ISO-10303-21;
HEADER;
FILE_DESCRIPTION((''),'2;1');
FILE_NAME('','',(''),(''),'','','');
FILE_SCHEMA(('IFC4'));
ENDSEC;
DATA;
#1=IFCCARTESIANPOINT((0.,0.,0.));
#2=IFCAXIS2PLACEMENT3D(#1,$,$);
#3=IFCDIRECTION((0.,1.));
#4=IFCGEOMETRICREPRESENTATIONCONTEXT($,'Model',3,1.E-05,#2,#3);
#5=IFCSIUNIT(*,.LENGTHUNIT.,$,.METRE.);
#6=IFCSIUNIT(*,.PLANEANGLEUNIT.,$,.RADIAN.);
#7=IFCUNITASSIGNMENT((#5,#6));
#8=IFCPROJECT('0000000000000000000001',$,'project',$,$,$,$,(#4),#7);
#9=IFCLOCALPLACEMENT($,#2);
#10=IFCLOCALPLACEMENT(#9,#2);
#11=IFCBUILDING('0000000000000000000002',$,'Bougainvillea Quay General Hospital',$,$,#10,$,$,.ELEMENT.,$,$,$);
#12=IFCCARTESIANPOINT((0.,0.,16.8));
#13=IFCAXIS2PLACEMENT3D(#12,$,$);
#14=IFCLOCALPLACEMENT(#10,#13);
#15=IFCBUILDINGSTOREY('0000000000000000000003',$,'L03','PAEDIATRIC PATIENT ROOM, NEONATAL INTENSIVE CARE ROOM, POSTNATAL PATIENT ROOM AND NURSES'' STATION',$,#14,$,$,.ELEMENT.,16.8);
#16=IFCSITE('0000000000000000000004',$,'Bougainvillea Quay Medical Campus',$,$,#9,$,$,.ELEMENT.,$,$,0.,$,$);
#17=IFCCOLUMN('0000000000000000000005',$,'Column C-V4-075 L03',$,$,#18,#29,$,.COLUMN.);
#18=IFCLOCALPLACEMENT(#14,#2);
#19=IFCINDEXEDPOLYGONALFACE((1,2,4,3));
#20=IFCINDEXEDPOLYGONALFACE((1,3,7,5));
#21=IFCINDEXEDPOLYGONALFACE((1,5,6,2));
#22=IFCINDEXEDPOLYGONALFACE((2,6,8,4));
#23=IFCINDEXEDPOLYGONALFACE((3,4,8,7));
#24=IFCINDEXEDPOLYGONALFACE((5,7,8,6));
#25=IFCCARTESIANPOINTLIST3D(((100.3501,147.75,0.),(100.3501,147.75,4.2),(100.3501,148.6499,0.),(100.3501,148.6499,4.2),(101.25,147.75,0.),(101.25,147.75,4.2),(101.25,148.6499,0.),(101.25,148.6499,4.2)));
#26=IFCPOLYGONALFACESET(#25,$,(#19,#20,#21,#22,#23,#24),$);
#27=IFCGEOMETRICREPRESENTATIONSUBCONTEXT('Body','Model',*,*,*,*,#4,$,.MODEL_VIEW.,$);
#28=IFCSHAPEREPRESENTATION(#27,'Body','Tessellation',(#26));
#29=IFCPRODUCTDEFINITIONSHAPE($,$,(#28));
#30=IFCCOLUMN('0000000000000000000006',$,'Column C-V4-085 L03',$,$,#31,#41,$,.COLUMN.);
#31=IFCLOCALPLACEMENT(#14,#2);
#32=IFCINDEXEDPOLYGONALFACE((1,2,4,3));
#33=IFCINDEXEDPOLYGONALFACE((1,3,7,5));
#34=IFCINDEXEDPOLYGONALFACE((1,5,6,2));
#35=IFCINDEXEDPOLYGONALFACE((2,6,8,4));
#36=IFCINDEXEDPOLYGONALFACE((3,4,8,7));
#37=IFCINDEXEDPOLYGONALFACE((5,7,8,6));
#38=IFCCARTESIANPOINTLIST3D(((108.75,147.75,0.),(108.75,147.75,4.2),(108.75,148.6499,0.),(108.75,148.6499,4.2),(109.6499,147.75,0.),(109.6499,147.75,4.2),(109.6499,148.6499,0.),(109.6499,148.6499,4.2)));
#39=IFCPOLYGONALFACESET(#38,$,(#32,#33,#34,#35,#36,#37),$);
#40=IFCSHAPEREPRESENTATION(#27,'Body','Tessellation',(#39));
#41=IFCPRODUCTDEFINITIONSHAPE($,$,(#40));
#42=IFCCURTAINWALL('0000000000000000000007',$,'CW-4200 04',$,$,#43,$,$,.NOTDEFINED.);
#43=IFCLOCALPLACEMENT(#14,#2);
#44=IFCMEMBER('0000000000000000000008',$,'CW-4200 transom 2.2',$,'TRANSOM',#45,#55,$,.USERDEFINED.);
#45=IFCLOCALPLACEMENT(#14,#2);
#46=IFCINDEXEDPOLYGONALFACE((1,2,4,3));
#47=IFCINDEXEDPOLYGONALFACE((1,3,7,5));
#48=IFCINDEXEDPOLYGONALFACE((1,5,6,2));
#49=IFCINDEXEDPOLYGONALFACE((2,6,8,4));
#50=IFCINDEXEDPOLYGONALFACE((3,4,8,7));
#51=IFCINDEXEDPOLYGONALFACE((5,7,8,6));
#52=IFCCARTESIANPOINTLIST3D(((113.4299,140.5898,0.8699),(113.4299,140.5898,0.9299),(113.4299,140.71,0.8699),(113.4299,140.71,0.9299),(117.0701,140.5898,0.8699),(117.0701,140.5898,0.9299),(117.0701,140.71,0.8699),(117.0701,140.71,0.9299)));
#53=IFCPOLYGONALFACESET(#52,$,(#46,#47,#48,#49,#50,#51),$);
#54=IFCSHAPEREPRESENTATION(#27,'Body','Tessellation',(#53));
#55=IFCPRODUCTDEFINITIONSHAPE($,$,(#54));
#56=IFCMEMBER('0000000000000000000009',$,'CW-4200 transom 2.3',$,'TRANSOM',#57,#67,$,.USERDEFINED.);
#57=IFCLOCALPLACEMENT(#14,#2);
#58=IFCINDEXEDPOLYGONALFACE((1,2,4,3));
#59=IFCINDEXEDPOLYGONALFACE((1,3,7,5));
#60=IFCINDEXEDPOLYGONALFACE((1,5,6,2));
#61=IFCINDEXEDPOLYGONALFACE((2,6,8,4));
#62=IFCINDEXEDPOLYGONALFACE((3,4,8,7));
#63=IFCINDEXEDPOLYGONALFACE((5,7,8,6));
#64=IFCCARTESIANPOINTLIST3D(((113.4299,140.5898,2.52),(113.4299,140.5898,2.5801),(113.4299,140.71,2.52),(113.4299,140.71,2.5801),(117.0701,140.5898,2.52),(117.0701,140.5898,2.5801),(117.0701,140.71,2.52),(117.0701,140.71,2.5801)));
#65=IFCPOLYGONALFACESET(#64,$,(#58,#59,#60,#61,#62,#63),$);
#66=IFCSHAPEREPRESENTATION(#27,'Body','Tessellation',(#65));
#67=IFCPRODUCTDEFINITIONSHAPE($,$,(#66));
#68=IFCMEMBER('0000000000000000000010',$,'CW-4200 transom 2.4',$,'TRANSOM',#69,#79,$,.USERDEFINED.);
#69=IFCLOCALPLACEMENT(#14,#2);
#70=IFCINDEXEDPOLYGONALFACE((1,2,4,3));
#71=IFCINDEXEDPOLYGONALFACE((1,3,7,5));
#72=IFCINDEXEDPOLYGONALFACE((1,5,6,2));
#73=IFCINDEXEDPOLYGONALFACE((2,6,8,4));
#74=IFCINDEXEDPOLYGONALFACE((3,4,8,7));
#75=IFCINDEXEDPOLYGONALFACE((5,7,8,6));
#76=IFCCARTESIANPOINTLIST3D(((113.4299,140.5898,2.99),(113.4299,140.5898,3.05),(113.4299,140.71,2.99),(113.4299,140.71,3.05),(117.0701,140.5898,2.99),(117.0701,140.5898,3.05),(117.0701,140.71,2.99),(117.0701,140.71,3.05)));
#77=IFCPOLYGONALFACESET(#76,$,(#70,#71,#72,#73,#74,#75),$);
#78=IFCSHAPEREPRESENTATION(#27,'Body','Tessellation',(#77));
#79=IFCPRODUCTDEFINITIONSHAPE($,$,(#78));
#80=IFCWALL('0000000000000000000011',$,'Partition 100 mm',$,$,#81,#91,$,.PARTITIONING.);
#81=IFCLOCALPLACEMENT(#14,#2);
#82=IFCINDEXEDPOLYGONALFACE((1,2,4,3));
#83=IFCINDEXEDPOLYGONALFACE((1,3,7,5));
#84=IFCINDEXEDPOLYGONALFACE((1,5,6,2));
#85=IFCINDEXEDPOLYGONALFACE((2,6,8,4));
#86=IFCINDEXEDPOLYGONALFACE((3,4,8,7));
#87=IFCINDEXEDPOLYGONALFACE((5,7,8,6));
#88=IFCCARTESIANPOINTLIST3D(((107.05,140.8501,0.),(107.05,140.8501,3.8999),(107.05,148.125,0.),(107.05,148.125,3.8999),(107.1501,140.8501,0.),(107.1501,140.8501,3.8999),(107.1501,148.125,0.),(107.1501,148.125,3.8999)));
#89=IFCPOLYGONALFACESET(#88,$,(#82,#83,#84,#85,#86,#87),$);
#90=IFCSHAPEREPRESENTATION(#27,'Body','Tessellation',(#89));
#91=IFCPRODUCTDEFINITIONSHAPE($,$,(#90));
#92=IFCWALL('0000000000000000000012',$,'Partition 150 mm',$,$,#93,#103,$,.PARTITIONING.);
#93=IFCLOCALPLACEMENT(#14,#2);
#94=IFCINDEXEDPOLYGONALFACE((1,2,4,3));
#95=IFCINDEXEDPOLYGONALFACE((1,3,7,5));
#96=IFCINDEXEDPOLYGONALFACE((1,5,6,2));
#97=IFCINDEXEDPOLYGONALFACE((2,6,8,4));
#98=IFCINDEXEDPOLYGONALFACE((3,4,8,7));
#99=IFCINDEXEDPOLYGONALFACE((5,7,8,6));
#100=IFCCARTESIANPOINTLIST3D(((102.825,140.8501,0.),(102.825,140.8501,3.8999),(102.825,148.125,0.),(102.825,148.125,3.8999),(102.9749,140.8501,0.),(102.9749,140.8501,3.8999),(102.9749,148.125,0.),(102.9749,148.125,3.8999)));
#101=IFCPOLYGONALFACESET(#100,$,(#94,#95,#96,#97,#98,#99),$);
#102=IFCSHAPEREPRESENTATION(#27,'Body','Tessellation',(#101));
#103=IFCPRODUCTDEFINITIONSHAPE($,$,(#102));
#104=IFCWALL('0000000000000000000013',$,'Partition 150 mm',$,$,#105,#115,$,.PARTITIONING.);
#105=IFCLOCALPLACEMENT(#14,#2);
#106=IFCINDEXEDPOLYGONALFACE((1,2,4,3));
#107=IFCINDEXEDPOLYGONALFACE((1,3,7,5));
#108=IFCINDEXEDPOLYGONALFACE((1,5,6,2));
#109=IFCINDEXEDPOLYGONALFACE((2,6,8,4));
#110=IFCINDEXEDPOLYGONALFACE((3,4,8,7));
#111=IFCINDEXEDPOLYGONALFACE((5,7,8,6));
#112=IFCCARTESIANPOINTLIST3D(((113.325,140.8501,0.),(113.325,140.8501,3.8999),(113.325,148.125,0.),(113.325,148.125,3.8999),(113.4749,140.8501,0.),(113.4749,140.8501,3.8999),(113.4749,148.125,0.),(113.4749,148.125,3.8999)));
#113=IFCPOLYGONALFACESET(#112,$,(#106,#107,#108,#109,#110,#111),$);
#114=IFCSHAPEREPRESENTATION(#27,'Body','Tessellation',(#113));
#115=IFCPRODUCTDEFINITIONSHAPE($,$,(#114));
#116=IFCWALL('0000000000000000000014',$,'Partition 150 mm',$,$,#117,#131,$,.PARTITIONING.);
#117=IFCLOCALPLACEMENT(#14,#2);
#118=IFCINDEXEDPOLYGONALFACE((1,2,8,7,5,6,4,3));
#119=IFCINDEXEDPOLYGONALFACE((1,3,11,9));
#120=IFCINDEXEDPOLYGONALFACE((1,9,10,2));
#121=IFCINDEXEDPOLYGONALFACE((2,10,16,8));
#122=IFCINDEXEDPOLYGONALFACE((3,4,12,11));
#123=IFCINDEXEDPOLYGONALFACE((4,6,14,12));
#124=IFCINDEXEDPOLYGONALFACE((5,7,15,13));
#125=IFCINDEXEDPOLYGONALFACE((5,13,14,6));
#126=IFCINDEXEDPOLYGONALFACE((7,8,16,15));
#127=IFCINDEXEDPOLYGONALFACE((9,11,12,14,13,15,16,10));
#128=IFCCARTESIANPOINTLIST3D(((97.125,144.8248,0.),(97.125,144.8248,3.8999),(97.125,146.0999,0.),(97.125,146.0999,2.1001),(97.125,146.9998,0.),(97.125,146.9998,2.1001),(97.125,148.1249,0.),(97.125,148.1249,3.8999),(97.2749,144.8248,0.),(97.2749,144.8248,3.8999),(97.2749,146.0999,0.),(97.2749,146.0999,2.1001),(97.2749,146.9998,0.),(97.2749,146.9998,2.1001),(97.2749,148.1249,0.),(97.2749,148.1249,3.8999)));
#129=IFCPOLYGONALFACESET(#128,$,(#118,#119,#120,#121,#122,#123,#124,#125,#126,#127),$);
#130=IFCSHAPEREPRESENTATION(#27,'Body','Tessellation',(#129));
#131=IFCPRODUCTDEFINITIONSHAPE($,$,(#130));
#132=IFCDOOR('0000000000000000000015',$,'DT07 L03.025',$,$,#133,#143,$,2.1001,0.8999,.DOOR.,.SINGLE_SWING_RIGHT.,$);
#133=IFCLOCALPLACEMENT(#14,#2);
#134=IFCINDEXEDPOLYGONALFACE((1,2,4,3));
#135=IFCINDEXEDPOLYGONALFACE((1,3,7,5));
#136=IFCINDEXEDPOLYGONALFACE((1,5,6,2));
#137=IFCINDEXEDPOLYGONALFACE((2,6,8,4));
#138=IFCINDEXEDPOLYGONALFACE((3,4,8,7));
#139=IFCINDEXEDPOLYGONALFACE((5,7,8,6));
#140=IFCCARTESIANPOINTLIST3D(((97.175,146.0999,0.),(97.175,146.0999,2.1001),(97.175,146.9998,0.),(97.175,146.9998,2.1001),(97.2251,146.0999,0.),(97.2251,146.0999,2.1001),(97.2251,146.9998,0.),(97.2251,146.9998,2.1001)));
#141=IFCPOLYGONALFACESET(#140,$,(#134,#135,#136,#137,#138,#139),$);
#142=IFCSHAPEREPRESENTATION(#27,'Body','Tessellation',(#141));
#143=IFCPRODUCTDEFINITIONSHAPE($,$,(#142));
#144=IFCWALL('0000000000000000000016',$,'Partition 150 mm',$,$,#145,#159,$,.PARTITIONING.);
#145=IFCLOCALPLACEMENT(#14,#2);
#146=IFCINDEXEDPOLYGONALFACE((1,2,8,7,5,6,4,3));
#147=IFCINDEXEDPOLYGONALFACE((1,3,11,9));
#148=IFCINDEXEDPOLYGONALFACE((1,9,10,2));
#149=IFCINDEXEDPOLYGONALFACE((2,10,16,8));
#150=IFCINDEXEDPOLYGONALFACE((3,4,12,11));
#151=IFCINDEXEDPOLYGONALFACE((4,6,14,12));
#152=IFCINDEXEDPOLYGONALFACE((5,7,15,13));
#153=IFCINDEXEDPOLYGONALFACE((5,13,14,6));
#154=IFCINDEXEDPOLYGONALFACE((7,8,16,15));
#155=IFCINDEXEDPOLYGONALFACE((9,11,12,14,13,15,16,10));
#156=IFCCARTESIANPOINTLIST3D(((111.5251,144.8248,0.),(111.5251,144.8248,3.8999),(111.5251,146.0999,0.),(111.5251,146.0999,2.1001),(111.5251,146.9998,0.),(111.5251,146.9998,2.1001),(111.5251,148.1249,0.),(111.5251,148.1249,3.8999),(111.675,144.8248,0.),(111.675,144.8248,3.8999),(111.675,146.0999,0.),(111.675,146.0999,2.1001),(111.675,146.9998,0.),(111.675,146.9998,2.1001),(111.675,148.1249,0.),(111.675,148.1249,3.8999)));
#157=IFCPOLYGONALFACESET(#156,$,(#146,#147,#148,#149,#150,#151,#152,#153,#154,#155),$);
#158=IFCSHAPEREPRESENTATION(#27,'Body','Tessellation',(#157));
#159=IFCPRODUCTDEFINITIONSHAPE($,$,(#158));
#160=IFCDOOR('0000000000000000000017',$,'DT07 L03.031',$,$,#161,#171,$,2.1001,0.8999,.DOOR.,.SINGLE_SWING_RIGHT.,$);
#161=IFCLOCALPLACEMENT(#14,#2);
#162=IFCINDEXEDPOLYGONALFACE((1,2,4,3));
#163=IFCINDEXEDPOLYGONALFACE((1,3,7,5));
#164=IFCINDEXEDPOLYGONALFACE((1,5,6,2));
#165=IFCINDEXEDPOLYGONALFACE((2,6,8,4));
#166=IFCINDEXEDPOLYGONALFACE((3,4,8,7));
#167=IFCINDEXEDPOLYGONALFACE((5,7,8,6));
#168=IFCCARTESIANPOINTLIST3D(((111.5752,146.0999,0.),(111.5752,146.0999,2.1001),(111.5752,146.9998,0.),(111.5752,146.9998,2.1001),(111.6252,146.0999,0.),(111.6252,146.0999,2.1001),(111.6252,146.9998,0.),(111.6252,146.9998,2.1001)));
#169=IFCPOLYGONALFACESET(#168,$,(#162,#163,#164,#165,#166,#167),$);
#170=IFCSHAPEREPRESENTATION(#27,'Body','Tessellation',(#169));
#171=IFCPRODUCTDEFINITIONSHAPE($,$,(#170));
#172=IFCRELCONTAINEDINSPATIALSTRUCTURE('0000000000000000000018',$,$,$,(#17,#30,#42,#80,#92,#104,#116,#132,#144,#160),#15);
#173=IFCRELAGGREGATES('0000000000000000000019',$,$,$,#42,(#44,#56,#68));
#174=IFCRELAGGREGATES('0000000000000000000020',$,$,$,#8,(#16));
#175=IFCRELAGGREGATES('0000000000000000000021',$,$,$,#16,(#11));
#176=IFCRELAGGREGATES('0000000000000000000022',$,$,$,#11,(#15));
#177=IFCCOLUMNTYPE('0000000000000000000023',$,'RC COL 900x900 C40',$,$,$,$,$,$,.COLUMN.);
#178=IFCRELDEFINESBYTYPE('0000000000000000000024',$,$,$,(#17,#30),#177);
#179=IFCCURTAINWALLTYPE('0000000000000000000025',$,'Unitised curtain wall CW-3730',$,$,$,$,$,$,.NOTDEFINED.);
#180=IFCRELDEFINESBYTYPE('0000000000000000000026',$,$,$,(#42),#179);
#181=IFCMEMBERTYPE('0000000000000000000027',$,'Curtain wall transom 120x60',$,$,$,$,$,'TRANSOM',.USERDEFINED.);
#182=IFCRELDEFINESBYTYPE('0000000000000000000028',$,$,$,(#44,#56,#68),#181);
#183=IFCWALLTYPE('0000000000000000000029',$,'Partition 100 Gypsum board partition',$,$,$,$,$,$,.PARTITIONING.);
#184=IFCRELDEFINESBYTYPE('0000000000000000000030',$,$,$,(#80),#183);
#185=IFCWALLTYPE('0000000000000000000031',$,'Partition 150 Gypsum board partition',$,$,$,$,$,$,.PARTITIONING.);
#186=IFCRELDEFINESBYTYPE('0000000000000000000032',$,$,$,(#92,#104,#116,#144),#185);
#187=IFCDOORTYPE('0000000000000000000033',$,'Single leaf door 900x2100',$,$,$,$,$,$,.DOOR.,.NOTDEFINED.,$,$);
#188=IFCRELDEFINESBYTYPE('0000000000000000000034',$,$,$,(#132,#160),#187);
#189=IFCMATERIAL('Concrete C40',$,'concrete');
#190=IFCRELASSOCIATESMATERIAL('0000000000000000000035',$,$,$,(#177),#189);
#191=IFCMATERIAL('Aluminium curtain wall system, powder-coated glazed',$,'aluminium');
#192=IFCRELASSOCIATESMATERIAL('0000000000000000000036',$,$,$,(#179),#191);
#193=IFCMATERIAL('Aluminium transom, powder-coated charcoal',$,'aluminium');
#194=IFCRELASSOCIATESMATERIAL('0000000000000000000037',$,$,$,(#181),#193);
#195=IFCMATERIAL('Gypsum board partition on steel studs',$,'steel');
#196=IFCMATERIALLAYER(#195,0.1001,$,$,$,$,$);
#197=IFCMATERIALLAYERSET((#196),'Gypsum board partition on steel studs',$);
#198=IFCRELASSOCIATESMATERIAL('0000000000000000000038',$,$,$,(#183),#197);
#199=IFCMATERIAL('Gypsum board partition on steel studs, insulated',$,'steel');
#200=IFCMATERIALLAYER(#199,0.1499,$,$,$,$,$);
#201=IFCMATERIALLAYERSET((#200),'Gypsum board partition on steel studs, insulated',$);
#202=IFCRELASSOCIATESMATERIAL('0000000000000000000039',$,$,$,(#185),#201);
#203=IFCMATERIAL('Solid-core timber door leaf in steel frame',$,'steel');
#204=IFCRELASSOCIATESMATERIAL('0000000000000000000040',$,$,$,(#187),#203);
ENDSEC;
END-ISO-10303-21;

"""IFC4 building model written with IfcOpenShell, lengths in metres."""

from ifc_helpers import new_model, si_unit, direction, frame, frame_2d, origin, origin_2d, place, context, subcontext, project, spatial, rectangle, extrude, material, layer, layer_set, material_profile, profile_set, type_object, element, fill, aggregate, save


model = new_model("IFC4")

# Units and contexts
model_context = context("Model", 3, precision=1e-05, world=origin(), true_north=direction((0.0, 1.0)))
body_context = subcontext(model_context, "Body", "Model", "MODEL_VIEW")
ifc_project = project(units=[si_unit("LENGTHUNIT", "METRE"), si_unit("PLANEANGLEUNIT", "RADIAN")], contexts=[model_context])

# Site, building, storey
site_placement = place(None, origin())
site = spatial("IfcSite", under=ifc_project, at=site_placement, Name="Bougainvillea Quay Medical Campus", CompositionType="ELEMENT", RefElevation=0.0)
building_placement = place(site_placement, origin())
building = spatial("IfcBuilding", under=site, at=building_placement, Name="Bougainvillea Quay General Hospital", CompositionType="ELEMENT")
storey_placement = place(building_placement, frame((0.0, 0.0, 16.8)))
storey = spatial("IfcBuildingStorey", under=building, at=storey_placement, Name="L03", Description="PAEDIATRIC PATIENT ROOM, NEONATAL INTENSIVE CARE ROOM, POSTNATAL PATIENT ROOM AND NURSES' STATION", CompositionType="ELEMENT", Elevation=16.8)

# Columns
ifc_material_1 = material(Name="Concrete C40", Category="concrete")
ifc_material_profile_1 = material_profile(ifc_material_1, rectangle(XDim=0.8999, YDim=0.8999, at=origin_2d()))
ifc_profile_set_1 = profile_set([ifc_material_profile_1], Name="Concrete C40")
column_type = type_object("IfcColumnType", Name="RC COL 900x900 C40", PredefinedType="COLUMN", material=ifc_profile_set_1)
for number, where, z_axis, x_axis, name in (
    (1, (100.8, 148.2, 0.0), (0.0, 0.0, 1.0), (1.0, 0.0, 0.0), "Column C-V4-075 L03"),
    (2, (109.2, 148.2, 0.0), (0.0, 0.0, 1.0), (1.0, 0.0, 0.0), "Column C-V4-085 L03"),
):
    element("IfcColumn", number, at=place(storey_placement, frame(where, z_axis=z_axis, x_axis=x_axis)), inside=storey, type_object=column_type, Name=name, PredefinedType="COLUMN", context=body_context, shape_type="SweptSolid", body=[
        extrude(rectangle(XDim=0.8999, YDim=0.8999, at=origin_2d()), origin(), (0.0, 0.0, 1.0), 4.2),
    ])

# Curtain wall, members
ifc_material_2 = material(Name="Aluminium curtain wall system, powder-coated glazed", Category="aluminium")
curtain_wall_type = type_object("IfcCurtainWallType", Name="Unitised curtain wall CW-3730", PredefinedType="NOTDEFINED", material=ifc_material_2)
curtain_wall_placement = place(storey_placement, origin())
curtain_wall = element("IfcCurtainWall", 3, at=curtain_wall_placement, inside=storey, type_object=curtain_wall_type, Name="CW-4200 04", PredefinedType="NOTDEFINED")
ifc_material_3 = material(Name="Aluminium transom, powder-coated charcoal", Category="aluminium")
ifc_material_profile_2 = material_profile(ifc_material_3, rectangle(XDim=0.1201, YDim=0.0601, at=origin_2d()))
ifc_profile_set_2 = profile_set([ifc_material_profile_2], Name="Aluminium transom, powder-coated charcoal")
member_type = type_object("IfcMemberType", Name="Curtain wall transom 120x60", ElementType="TRANSOM", PredefinedType="USERDEFINED", material=ifc_profile_set_2)
member_1_placement = place(storey_placement, frame((113.4299, 140.6499, 0.8999), z_axis=(1.0, 0.0, 0.0), x_axis=(0.0, 1.0, 0.0)))
member_1 = element("IfcMember", 4, at=member_1_placement, type_object=member_type, Name="CW-4200 transom 2.2", ObjectType="TRANSOM", PredefinedType="USERDEFINED", context=body_context, shape_type="SweptSolid", body=[
    extrude(rectangle(XDim=0.1201, YDim=0.0601, at=origin_2d()), origin(), (0.0, 0.0, 1.0), 3.6401),
])
member_2_placement = place(storey_placement, frame((113.4299, 140.6499, 2.55), z_axis=(1.0, 0.0, 0.0), x_axis=(0.0, 1.0, 0.0)))
member_2 = element("IfcMember", 5, at=member_2_placement, type_object=member_type, Name="CW-4200 transom 2.3", ObjectType="TRANSOM", PredefinedType="USERDEFINED", context=body_context, shape_type="SweptSolid", body=[
    extrude(rectangle(XDim=0.1201, YDim=0.0601, at=origin_2d()), origin(), (0.0, 0.0, 1.0), 3.6401),
])
member_3_placement = place(storey_placement, frame((113.4299, 140.6499, 3.02), z_axis=(1.0, 0.0, 0.0), x_axis=(0.0, 1.0, 0.0)))
member_3 = element("IfcMember", 6, at=member_3_placement, type_object=member_type, Name="CW-4200 transom 2.4", ObjectType="TRANSOM", PredefinedType="USERDEFINED", context=body_context, shape_type="SweptSolid", body=[
    extrude(rectangle(XDim=0.1201, YDim=0.0601, at=origin_2d()), origin(), (0.0, 0.0, 1.0), 3.6401),
])
aggregate(curtain_wall, [member_1, member_2, member_3])

# Walls
ifc_material_4 = material(Name="Gypsum board partition on steel studs", Category="steel")
ifc_layer_1 = layer(ifc_material_4, 0.1001)
ifc_layer_set_1 = layer_set([ifc_layer_1], Name="Gypsum board partition on steel studs")
wall_type_1 = type_object("IfcWallType", Name="Partition 100 Gypsum board partition", PredefinedType="PARTITIONING", material=ifc_layer_set_1)
wall_1_placement = place(storey_placement, frame((107.1001, 140.8501, 0.0), z_axis=(0.0, 0.0, 1.0), x_axis=(0.0, 1.0, 0.0)))
element("IfcWall", 7, at=wall_1_placement, inside=storey, type_object=wall_type_1, Name="Partition 100 mm", PredefinedType="PARTITIONING", context=body_context, shape_type="SweptSolid", body=[
    extrude(rectangle(XDim=7.2749, YDim=0.1001, at=frame_2d((3.6375, 0.0))), origin(), (0.0, 0.0, 1.0), 3.8999),
])
ifc_material_5 = material(Name="Gypsum board partition on steel studs, insulated", Category="steel")
ifc_layer_2 = layer(ifc_material_5, 0.1499)
ifc_layer_set_2 = layer_set([ifc_layer_2], Name="Gypsum board partition on steel studs, insulated")
wall_type_2 = type_object("IfcWallType", Name="Partition 150 Gypsum board partition", PredefinedType="PARTITIONING", material=ifc_layer_set_2)
for number, where, z_axis, x_axis, name in (
    (8, (102.8999, 140.8501, 0.0), (0.0, 0.0, 1.0), (0.0, 1.0, 0.0), "Partition 150 mm"),
    (9, (113.3999, 140.8501, 0.0), (0.0, 0.0, 1.0), (0.0, 1.0, 0.0), "Partition 150 mm"),
):
    element("IfcWall", number, at=place(storey_placement, frame(where, z_axis=z_axis, x_axis=x_axis)), inside=storey, type_object=wall_type_2, Name=name, PredefinedType="PARTITIONING", context=body_context, shape_type="SweptSolid", body=[
        extrude(rectangle(XDim=7.2749, YDim=0.1499, at=frame_2d((3.6375, 0.0))), origin(), (0.0, 0.0, 1.0), 3.8999),
    ])

# Walls, openings, doors
wall_2_placement = place(storey_placement, frame((97.2, 144.825, 0.0), z_axis=(0.0, 0.0, 1.0), x_axis=(0.0, 1.0, 0.0)))
wall_2 = element("IfcWall", 10, at=wall_2_placement, inside=storey, type_object=wall_type_2, Name="Partition 150 mm", PredefinedType="PARTITIONING", context=body_context, shape_type="SweptSolid", body=[
    extrude(rectangle(XDim=3.3, YDim=0.1499, at=frame_2d((1.6499, 0.0))), origin(), (0.0, 0.0, 1.0), 3.8999),
])
opening_1_placement = place(wall_2_placement, frame((1.2749, 0.0, 0.0)))
opening_1 = element("IfcOpeningElement", 11, at=opening_1_placement, cuts=wall_2, PredefinedType="OPENING", context=body_context, shape_type="SweptSolid", body=[
    extrude(rectangle(XDim=0.8999, YDim=2.1001, at=frame_2d((0.45, 1.05))), frame((0.0, 0.085, 0.0), z_axis=(0.0, -1.0, 0.0), x_axis=(1.0, 0.0, 0.0)), (0.0, 0.0, 1.0), 0.1699),
])
ifc_material_6 = material(Name="Solid-core timber door leaf in steel frame", Category="steel")
door_type_1 = type_object("IfcDoorType", Name="Single leaf door 900x2100", OperationType="NOTDEFINED", PredefinedType="DOOR", material=ifc_material_6)
door_1_placement = place(opening_1_placement, origin())
door_1 = element("IfcDoor", 12, at=door_1_placement, inside=storey, type_object=door_type_1, Name="DT07 L03.025", OperationType="SINGLE_SWING_RIGHT", OverallHeight=2.1001, OverallWidth=0.8999, PredefinedType="DOOR", context=body_context, shape_type="SweptSolid", body=[
    extrude(rectangle(XDim=0.8999, YDim=2.1001, at=frame_2d((0.45, 1.05))), frame((0.0, 0.0249, 0.0), z_axis=(0.0, -1.0, 0.0), x_axis=(1.0, 0.0, 0.0)), (0.0, 0.0, 1.0), 0.05),
])
fill(opening_1, door_1)
wall_3_placement = place(storey_placement, frame((111.6001, 144.825, 0.0), z_axis=(0.0, 0.0, 1.0), x_axis=(0.0, 1.0, 0.0)))
wall_3 = element("IfcWall", 13, at=wall_3_placement, inside=storey, type_object=wall_type_2, Name="Partition 150 mm", PredefinedType="PARTITIONING", context=body_context, shape_type="SweptSolid", body=[
    extrude(rectangle(XDim=3.3, YDim=0.1499, at=frame_2d((1.6499, 0.0))), origin(), (0.0, 0.0, 1.0), 3.8999),
])
opening_2_placement = place(wall_3_placement, frame((1.2749, 0.0, 0.0)))
opening_2 = element("IfcOpeningElement", 14, at=opening_2_placement, cuts=wall_3, PredefinedType="OPENING", context=body_context, shape_type="SweptSolid", body=[
    extrude(rectangle(XDim=0.8999, YDim=2.1001, at=frame_2d((0.45, 1.05))), frame((0.0, 0.085, 0.0), z_axis=(0.0, -1.0, 0.0), x_axis=(1.0, 0.0, 0.0)), (0.0, 0.0, 1.0), 0.1699),
])
door_2_placement = place(opening_2_placement, origin())
door_2 = element("IfcDoor", 15, at=door_2_placement, inside=storey, type_object=door_type_1, Name="DT07 L03.031", OperationType="SINGLE_SWING_RIGHT", OverallHeight=2.1001, OverallWidth=0.8999, PredefinedType="DOOR", context=body_context, shape_type="SweptSolid", body=[
    extrude(rectangle(XDim=0.8999, YDim=2.1001, at=frame_2d((0.45, 1.05))), frame((0.0, 0.0249, 0.0), z_axis=(0.0, -1.0, 0.0), x_axis=(1.0, 0.0, 0.0)), (0.0, 0.0, 1.0), 0.05),
])
fill(opening_2, door_2)

save(model, "model.ifc")
